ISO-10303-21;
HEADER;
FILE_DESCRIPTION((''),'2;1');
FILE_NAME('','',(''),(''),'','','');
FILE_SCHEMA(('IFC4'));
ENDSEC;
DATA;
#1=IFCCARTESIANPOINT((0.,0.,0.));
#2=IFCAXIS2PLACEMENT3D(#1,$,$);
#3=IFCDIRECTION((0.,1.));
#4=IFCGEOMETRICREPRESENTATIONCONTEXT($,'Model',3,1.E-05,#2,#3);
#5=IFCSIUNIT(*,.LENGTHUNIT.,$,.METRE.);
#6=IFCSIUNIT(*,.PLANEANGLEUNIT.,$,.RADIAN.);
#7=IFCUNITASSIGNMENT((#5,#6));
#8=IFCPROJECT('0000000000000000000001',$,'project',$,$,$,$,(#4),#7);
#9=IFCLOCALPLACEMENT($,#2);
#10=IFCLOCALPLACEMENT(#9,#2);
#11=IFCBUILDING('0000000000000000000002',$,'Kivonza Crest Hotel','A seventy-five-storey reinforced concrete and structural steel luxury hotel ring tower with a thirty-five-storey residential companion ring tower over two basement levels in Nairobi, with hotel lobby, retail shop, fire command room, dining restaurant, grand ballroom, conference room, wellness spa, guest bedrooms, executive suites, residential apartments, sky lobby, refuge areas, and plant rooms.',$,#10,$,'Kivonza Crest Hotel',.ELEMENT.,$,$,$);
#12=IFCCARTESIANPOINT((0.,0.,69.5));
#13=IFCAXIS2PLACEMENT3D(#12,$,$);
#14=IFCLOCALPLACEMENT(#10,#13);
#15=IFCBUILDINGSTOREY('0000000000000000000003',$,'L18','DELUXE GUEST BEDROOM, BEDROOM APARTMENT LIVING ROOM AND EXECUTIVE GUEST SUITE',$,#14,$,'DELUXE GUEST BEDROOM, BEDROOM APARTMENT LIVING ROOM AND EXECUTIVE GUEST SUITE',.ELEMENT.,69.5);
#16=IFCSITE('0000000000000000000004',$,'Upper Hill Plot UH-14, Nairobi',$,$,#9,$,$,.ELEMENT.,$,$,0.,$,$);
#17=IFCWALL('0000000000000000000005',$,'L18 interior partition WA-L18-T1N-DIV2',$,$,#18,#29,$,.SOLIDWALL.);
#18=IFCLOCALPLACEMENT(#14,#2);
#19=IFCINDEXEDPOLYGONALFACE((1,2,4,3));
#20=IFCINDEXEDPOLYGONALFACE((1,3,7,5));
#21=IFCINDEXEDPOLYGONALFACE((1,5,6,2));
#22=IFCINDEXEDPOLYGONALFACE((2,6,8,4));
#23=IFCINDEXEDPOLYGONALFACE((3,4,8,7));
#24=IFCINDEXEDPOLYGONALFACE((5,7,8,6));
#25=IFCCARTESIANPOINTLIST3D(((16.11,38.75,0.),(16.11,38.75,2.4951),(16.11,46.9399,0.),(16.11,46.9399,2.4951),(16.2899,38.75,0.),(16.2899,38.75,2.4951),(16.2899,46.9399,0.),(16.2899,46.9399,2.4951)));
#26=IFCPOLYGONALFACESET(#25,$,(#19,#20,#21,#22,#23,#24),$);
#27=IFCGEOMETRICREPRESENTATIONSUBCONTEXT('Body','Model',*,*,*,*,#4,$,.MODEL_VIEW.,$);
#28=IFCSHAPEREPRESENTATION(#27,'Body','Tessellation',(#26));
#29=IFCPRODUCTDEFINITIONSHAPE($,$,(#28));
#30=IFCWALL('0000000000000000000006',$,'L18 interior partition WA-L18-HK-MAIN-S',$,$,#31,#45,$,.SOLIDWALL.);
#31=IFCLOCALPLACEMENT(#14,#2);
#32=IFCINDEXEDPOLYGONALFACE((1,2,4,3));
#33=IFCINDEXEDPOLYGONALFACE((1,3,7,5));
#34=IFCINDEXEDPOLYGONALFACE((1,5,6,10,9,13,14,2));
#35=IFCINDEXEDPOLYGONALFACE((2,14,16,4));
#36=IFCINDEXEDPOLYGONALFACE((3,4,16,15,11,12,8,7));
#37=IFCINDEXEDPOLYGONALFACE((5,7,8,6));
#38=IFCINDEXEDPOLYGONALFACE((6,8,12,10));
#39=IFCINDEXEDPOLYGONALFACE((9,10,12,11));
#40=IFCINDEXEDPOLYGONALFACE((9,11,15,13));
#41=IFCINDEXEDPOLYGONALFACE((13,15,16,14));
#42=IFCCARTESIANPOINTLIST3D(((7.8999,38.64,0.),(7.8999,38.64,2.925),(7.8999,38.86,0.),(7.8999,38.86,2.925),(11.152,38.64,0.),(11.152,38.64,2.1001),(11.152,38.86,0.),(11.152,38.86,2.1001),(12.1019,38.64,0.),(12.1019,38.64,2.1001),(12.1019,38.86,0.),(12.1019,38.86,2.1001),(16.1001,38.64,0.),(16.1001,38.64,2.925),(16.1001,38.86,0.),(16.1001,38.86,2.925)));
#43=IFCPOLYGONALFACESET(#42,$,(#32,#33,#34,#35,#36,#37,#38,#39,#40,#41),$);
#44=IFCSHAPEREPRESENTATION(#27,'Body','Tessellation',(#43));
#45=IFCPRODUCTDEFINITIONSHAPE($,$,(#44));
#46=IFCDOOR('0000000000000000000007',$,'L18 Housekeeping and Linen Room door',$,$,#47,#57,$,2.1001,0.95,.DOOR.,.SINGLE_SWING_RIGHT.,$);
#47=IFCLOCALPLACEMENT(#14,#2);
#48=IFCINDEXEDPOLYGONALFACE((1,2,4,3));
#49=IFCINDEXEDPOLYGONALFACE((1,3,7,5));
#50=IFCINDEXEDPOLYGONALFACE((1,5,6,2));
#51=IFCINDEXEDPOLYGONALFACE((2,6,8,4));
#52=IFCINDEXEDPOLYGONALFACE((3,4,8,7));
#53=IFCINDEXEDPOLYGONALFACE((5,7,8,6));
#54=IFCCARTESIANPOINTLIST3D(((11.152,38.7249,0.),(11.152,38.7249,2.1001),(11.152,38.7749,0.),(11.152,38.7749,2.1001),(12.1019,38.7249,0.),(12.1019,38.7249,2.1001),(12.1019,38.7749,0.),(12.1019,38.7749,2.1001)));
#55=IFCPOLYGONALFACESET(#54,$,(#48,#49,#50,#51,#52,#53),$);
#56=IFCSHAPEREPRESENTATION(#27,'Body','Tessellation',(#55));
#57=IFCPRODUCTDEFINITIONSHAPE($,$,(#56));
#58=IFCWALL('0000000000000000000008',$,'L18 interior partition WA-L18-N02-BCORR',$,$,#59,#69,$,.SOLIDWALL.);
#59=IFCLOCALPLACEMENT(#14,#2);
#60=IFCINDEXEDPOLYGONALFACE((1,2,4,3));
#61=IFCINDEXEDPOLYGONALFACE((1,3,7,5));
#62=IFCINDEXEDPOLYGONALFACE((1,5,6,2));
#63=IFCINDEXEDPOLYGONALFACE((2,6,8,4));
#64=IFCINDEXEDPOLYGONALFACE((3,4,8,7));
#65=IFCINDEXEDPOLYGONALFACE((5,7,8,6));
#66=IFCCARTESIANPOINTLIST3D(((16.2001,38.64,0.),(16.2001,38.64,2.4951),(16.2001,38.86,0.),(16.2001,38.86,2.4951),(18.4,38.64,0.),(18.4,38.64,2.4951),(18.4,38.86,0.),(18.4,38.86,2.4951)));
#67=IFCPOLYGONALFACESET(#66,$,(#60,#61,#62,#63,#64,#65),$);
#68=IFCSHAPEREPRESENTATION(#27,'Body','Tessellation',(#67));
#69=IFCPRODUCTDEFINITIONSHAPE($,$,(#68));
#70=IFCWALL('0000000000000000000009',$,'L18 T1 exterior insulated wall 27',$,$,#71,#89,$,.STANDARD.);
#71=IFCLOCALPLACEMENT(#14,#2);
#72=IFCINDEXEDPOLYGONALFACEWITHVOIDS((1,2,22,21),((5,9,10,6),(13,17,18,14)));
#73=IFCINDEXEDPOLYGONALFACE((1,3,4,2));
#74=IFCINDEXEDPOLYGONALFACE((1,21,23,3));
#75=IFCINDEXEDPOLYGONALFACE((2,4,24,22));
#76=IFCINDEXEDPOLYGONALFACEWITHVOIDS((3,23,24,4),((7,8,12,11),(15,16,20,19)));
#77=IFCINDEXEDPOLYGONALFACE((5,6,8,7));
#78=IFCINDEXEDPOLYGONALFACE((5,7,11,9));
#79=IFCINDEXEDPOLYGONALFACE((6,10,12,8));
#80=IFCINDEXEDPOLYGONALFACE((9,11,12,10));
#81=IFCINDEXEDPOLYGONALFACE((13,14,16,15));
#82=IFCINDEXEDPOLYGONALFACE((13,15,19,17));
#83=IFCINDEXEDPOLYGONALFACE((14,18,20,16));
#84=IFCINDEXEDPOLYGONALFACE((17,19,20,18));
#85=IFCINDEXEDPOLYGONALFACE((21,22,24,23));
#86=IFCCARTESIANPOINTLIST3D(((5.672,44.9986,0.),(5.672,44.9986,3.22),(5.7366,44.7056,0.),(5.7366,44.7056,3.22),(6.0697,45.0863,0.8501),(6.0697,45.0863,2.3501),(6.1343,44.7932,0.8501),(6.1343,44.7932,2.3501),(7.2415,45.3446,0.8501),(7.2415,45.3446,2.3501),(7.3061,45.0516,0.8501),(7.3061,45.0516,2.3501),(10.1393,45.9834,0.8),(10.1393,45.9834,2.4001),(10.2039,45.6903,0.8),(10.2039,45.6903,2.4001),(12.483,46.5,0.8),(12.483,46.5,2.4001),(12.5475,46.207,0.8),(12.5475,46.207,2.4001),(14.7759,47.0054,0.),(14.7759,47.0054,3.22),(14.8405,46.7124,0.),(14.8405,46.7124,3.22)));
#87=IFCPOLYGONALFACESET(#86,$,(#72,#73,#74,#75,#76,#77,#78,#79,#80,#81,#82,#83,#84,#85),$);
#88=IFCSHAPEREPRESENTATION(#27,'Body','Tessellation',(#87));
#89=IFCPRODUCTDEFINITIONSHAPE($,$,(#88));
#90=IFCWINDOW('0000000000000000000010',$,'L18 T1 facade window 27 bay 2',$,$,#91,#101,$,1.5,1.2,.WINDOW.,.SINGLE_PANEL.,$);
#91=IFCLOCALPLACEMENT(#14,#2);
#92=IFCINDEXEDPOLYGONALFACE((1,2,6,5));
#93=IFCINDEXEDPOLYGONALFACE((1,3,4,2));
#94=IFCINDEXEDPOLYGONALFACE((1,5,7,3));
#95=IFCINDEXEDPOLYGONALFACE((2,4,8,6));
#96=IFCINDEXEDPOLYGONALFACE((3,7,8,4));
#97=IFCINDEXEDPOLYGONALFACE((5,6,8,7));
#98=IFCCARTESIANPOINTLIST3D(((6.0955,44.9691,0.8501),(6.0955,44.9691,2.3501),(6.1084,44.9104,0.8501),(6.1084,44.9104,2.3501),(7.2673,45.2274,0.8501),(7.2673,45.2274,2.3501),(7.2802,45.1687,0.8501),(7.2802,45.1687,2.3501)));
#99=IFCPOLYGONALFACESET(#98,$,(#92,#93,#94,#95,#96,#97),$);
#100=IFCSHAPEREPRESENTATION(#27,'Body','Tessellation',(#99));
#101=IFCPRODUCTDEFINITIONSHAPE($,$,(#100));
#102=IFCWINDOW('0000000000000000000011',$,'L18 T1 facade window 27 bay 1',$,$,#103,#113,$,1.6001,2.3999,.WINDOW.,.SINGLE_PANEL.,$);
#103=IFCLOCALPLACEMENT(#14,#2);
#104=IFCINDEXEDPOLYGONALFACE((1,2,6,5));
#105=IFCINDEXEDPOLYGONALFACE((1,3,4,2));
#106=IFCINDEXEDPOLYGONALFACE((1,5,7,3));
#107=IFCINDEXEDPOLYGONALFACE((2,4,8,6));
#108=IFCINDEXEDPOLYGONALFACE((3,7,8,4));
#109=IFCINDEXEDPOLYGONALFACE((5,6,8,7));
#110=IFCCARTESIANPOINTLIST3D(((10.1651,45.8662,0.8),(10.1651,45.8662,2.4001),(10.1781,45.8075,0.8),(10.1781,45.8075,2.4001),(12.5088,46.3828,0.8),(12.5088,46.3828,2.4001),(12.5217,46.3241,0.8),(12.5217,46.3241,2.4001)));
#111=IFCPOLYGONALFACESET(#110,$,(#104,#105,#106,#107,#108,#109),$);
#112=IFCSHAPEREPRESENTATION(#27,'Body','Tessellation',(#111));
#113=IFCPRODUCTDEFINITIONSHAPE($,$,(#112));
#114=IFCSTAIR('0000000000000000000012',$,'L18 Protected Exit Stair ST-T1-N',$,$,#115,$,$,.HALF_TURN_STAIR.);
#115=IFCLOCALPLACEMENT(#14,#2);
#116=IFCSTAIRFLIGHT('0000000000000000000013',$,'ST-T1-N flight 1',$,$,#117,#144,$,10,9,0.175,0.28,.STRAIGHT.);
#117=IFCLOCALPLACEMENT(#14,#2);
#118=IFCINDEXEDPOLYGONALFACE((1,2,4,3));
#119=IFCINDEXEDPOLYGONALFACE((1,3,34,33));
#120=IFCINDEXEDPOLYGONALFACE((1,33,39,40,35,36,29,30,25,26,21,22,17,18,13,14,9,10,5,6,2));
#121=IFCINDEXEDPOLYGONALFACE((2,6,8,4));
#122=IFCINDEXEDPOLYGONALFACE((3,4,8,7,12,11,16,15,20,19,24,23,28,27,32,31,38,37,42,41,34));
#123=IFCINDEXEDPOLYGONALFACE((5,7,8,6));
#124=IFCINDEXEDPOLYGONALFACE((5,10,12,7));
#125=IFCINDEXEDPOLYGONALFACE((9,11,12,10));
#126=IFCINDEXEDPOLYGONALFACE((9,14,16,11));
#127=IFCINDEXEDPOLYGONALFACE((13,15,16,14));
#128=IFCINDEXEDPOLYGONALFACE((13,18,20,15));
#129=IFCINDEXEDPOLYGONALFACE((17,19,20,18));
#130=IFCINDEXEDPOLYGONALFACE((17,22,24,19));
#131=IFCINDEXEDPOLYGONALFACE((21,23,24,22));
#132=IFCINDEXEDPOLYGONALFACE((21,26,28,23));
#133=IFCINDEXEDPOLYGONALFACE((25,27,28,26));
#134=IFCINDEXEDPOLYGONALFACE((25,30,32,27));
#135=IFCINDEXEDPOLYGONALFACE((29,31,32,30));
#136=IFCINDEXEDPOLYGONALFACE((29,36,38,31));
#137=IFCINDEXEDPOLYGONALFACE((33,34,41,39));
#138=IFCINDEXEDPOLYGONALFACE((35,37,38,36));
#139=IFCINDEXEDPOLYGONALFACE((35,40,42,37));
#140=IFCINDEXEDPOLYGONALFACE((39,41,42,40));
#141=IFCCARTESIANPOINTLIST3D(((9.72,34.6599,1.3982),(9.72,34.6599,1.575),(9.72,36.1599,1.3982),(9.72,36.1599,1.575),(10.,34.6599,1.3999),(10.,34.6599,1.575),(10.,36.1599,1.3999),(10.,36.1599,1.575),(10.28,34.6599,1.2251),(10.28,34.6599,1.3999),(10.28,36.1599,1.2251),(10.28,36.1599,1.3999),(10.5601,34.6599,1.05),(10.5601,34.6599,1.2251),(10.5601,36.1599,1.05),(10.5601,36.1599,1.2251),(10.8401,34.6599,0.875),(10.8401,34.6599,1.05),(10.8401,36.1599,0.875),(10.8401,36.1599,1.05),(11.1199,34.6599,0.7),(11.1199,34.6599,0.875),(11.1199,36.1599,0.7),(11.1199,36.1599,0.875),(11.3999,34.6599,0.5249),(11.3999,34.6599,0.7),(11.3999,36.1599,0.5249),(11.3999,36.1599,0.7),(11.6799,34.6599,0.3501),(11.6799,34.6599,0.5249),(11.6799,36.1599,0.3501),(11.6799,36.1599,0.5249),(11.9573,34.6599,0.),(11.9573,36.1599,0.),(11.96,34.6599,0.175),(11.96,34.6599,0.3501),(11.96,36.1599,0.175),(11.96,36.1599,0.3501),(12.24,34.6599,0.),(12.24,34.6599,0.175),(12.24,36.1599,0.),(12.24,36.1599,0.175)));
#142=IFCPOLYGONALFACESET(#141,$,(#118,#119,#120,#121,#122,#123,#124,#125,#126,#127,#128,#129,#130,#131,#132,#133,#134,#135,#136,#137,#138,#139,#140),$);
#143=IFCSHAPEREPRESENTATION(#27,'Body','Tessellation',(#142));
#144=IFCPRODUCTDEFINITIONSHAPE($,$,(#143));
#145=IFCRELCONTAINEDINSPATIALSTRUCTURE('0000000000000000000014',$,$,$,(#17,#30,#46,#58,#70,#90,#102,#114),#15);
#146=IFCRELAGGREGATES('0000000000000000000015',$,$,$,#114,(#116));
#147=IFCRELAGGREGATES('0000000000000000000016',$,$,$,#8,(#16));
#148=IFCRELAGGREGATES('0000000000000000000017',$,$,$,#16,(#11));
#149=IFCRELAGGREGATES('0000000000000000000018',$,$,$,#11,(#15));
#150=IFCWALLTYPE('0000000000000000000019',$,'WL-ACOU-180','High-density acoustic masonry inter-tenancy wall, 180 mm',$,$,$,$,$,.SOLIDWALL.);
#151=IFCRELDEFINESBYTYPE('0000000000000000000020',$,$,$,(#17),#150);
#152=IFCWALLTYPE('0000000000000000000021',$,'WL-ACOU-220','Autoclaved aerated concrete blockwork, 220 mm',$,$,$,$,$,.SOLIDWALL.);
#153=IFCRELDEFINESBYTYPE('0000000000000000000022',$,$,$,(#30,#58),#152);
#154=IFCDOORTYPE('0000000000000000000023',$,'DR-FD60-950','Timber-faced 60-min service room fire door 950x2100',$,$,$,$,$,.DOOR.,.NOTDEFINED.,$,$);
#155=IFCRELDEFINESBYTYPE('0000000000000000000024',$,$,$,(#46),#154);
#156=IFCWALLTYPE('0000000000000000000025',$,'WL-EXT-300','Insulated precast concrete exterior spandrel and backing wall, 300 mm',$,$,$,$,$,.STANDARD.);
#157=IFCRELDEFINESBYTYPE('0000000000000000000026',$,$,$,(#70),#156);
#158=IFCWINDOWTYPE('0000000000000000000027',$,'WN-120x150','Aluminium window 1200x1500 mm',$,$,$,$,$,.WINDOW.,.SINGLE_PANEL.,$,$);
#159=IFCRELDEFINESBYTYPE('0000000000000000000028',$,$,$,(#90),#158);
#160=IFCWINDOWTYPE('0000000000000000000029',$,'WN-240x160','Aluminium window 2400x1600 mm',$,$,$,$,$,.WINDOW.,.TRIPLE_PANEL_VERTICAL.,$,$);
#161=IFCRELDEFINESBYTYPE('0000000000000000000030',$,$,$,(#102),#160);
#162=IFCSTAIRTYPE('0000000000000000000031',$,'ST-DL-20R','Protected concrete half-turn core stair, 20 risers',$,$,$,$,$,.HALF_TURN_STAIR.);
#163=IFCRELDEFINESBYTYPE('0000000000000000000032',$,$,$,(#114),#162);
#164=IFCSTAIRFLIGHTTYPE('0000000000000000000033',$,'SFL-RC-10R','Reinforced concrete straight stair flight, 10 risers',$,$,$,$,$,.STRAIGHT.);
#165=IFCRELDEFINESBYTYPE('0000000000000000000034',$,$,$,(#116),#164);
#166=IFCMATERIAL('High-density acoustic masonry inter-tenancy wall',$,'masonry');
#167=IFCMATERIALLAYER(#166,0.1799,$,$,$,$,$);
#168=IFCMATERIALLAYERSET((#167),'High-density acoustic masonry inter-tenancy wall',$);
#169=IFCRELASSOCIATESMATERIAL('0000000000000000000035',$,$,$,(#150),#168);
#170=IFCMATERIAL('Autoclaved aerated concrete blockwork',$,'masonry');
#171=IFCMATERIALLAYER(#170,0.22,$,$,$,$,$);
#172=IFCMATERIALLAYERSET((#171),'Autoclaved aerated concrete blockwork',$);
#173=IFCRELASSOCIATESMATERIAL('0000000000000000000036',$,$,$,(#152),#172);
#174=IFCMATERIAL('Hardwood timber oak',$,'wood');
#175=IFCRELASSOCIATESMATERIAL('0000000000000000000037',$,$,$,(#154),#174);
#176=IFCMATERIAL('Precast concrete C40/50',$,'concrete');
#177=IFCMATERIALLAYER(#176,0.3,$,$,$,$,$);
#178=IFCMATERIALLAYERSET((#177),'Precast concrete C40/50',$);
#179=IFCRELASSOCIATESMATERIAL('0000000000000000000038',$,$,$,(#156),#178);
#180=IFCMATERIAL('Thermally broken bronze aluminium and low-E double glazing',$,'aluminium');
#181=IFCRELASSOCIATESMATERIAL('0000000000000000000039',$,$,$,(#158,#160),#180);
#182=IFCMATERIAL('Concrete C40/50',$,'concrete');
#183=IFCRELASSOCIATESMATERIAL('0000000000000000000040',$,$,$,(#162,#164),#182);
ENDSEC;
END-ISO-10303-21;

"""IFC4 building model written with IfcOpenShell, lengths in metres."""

from ifc_helpers import new_model, si_unit, direction, frame, frame_2d, origin, place, context, subcontext, project, spatial, polyline, rectangle, outline, extrude, material, layer, layer_set, type_object, element, fill, aggregate, save


model = new_model("IFC4")

# Units and contexts
model_context = context("Model", 3, precision=1e-05, world=origin(), true_north=direction((0.0, 1.0)))
body_context = subcontext(model_context, "Body", "Model", "MODEL_VIEW")
ifc_project = project(units=[si_unit("LENGTHUNIT", "METRE"), si_unit("PLANEANGLEUNIT", "RADIAN")], contexts=[model_context])

# Site, building, storey
site_placement = place(None, origin())
site = spatial("IfcSite", under=ifc_project, at=site_placement, Name="Upper Hill Plot UH-14, Nairobi", CompositionType="ELEMENT", RefElevation=0.0)
building_placement = place(site_placement, origin())
building = spatial("IfcBuilding", under=site, at=building_placement, Name="Kivonza Crest Hotel", Description="A seventy-five-storey reinforced concrete and structural steel luxury hotel ring tower with a thirty-five-storey residential companion ring tower over two basement levels in Nairobi, with hotel lobby, retail shop, fire command room, dining restaurant, grand ballroom, conference room, wellness spa, guest bedrooms, executive suites, residential apartments, sky lobby, refuge areas, and plant rooms.", LongName="Kivonza Crest Hotel", CompositionType="ELEMENT")
storey_placement = place(building_placement, frame((0.0, 0.0, 69.5)))
storey = spatial("IfcBuildingStorey", under=building, at=storey_placement, Name="L18", Description="DELUXE GUEST BEDROOM, BEDROOM APARTMENT LIVING ROOM AND EXECUTIVE GUEST SUITE", LongName="DELUXE GUEST BEDROOM, BEDROOM APARTMENT LIVING ROOM AND EXECUTIVE GUEST SUITE", CompositionType="ELEMENT", Elevation=69.5)

# Wall
ifc_material_1 = material(Name="High-density acoustic masonry inter-tenancy wall", Category="masonry")
ifc_layer_1 = layer(ifc_material_1, 0.1799)
ifc_layer_set_1 = layer_set([ifc_layer_1], Name="High-density acoustic masonry inter-tenancy wall")
wall_type_1 = type_object("IfcWallType", Name="WL-ACOU-180", Description="High-density acoustic masonry inter-tenancy wall, 180 mm", PredefinedType="SOLIDWALL", material=ifc_layer_set_1)
wall_1_placement = place(storey_placement, frame((16.2, 38.75, 0.0), z_axis=(0.0, 0.0, 1.0), x_axis=(0.0, 1.0, 0.0)))
element("IfcWall", 1, at=wall_1_placement, inside=storey, type_object=wall_type_1, Name="L18 interior partition WA-L18-T1N-DIV2", PredefinedType="SOLIDWALL", context=body_context, shape_type="SweptSolid", body=[
    extrude(rectangle(XDim=8.1899, YDim=0.1799, at=frame_2d((4.095, 0.0))), origin(), (0.0, 0.0, 1.0), 2.4951),
])

# Wall, opening, door
ifc_material_2 = material(Name="Autoclaved aerated concrete blockwork", Category="masonry")
ifc_layer_2 = layer(ifc_material_2, 0.22)
ifc_layer_set_2 = layer_set([ifc_layer_2], Name="Autoclaved aerated concrete blockwork")
wall_type_2 = type_object("IfcWallType", Name="WL-ACOU-220", Description="Autoclaved aerated concrete blockwork, 220 mm", PredefinedType="SOLIDWALL", material=ifc_layer_set_2)
wall_2_placement = place(storey_placement, frame((7.8999, 38.75, 0.0), z_axis=(0.0, 0.0, 1.0), x_axis=(1.0, 0.0, 0.0)))
wall_2 = element("IfcWall", 2, at=wall_2_placement, inside=storey, type_object=wall_type_2, Name="L18 interior partition WA-L18-HK-MAIN-S", PredefinedType="SOLIDWALL", context=body_context, shape_type="SweptSolid", body=[
    extrude(rectangle(XDim=8.2002, YDim=0.22, at=frame_2d((4.1001, 0.0))), origin(), (0.0, 0.0, 1.0), 2.925),
])
opening_1_placement = place(wall_2_placement, frame((3.252, 0.0, 0.0)))
opening_1 = element("IfcOpeningElement", 3, at=opening_1_placement, cuts=wall_2, PredefinedType="OPENING", context=body_context, shape_type="SweptSolid", body=[
    extrude(rectangle(XDim=0.95, YDim=2.1001, at=frame_2d((0.4751, 1.05))), frame((0.0, 0.1201, 0.0), z_axis=(0.0, -1.0, 0.0), x_axis=(1.0, 0.0, 0.0)), (0.0, 0.0, 1.0), 0.24),
])
ifc_material_3 = material(Name="Hardwood timber oak", Category="wood")
door_type = type_object("IfcDoorType", Name="DR-FD60-950", Description="Timber-faced 60-min service room fire door 950x2100", OperationType="NOTDEFINED", PredefinedType="DOOR", material=ifc_material_3)
door_placement = place(opening_1_placement, origin())
door = element("IfcDoor", 4, at=door_placement, inside=storey, type_object=door_type, Name="L18 Housekeeping and Linen Room door", OperationType="SINGLE_SWING_RIGHT", OverallHeight=2.1001, OverallWidth=0.95, PredefinedType="DOOR", context=body_context, shape_type="SweptSolid", body=[
    extrude(rectangle(XDim=0.95, YDim=2.1001, at=frame_2d((0.4751, 1.05))), frame((0.0, 0.0249, 0.0), z_axis=(0.0, -1.0, 0.0), x_axis=(1.0, 0.0, 0.0)), (0.0, 0.0, 1.0), 0.05),
])
fill(opening_1, door)

# Wall
wall_3_placement = place(storey_placement, frame((16.2, 38.75, 0.0), z_axis=(0.0, 0.0, 1.0), x_axis=(1.0, 0.0, 0.0)))
element("IfcWall", 5, at=wall_3_placement, inside=storey, type_object=wall_type_2, Name="L18 interior partition WA-L18-N02-BCORR", PredefinedType="SOLIDWALL", context=body_context, shape_type="SweptSolid", body=[
    extrude(rectangle(XDim=2.2, YDim=0.22, at=frame_2d((1.1001, 0.0))), origin(), (0.0, 0.0, 1.0), 2.4951),
])

# Wall, openings, windows
ifc_material_4 = material(Name="Precast concrete C40/50", Category="concrete")
ifc_layer_3 = layer(ifc_material_4, 0.3)
ifc_layer_set_3 = layer_set([ifc_layer_3], Name="Precast concrete C40/50")
wall_type_3 = type_object("IfcWallType", Name="WL-EXT-300", Description="Insulated precast concrete exterior spandrel and backing wall, 300 mm", PredefinedType="STANDARD", material=ifc_layer_set_3)
wall_4_placement = place(storey_placement, frame((14.8081, 46.8589, 0.0), z_axis=(0.0, 0.0, 1.0), x_axis=(-0.976555, -0.215266, 0.0)))
wall_4 = element("IfcWall", 6, at=wall_4_placement, inside=storey, type_object=wall_type_3, Name="L18 T1 exterior insulated wall 27", PredefinedType="STANDARD", context=body_context, shape_type="SweptSolid", body=[
    extrude(rectangle(XDim=9.3225, YDim=0.3, at=frame_2d((4.6611, 0.0))), origin(), (0.0, 0.0, 1.0), 3.22),
])
opening_2_placement = place(wall_4_placement, frame((2.3479, 0.0, 0.8)))
opening_2 = element("IfcOpeningElement", 7, at=opening_2_placement, cuts=wall_4, PredefinedType="OPENING", context=body_context, shape_type="SweptSolid", body=[
    extrude(rectangle(XDim=2.3999, YDim=1.6001, at=frame_2d((1.2, 0.8))), frame((0.0, 0.1602, 0.0), z_axis=(0.0, -1.0, 0.0), x_axis=(1.0, 0.0, 0.0)), (0.0, 0.0, 1.0), 0.3201),
])
opening_3_placement = place(wall_4_placement, frame((7.7151, 0.0, 0.8501)))
opening_3 = element("IfcOpeningElement", 8, at=opening_3_placement, cuts=wall_4, PredefinedType="OPENING", context=body_context, shape_type="SweptSolid", body=[
    extrude(rectangle(XDim=1.2, YDim=1.5, at=frame_2d((0.6001, 0.75))), frame((0.0, 0.1602, 0.0), z_axis=(0.0, -1.0, 0.0), x_axis=(1.0, 0.0, 0.0)), (0.0, 0.0, 1.0), 0.3201),
])
ifc_material_5 = material(Name="Thermally broken bronze aluminium and low-E double glazing", Category="aluminium")
window_type_1 = type_object("IfcWindowType", Name="WN-120x150", Description="Aluminium window 1200x1500 mm", PartitioningType="SINGLE_PANEL", PredefinedType="WINDOW", material=ifc_material_5)
window_1_placement = place(opening_3_placement, origin())
window_1 = element("IfcWindow", 9, at=window_1_placement, inside=storey, type_object=window_type_1, Name="L18 T1 facade window 27 bay 2", OverallHeight=1.5, OverallWidth=1.2, PartitioningType="SINGLE_PANEL", PredefinedType="WINDOW", context=body_context, shape_type="SweptSolid", body=[
    extrude(rectangle(XDim=1.2, YDim=1.5, at=frame_2d((0.6001, 0.75))), frame((0.0, 0.03, 0.0), z_axis=(0.0, -1.0, 0.0), x_axis=(1.0, 0.0, 0.0)), (0.0, 0.0, 1.0), 0.0601),
])
fill(opening_3, window_1)
window_type_2 = type_object("IfcWindowType", Name="WN-240x160", Description="Aluminium window 2400x1600 mm", PartitioningType="TRIPLE_PANEL_VERTICAL", PredefinedType="WINDOW", material=ifc_material_5)
window_2_placement = place(opening_2_placement, origin())
window_2 = element("IfcWindow", 10, at=window_2_placement, inside=storey, type_object=window_type_2, Name="L18 T1 facade window 27 bay 1", OverallHeight=1.6001, OverallWidth=2.3999, PartitioningType="SINGLE_PANEL", PredefinedType="WINDOW", context=body_context, shape_type="SweptSolid", body=[
    extrude(rectangle(XDim=2.3999, YDim=1.6001, at=frame_2d((1.2, 0.8))), frame((0.0, 0.03, 0.0), z_axis=(0.0, -1.0, 0.0), x_axis=(1.0, 0.0, 0.0)), (0.0, 0.0, 1.0), 0.0601),
])
fill(opening_2, window_2)

# Stair, stair flight
ifc_material_6 = material(Name="Concrete C40/50", Category="concrete")
stair_type = type_object("IfcStairType", Name="ST-DL-20R", Description="Protected concrete half-turn core stair, 20 risers", PredefinedType="HALF_TURN_STAIR", material=ifc_material_6)
stair_placement = place(storey_placement, origin())
stair = element("IfcStair", 11, at=stair_placement, inside=storey, type_object=stair_type, Name="L18 Protected Exit Stair ST-T1-N", PredefinedType="HALF_TURN_STAIR")
stair_flight_type = type_object("IfcStairFlightType", Name="SFL-RC-10R", Description="Reinforced concrete straight stair flight, 10 risers", PredefinedType="STRAIGHT", material=ifc_material_6)
stair_flight_placement = place(storey_placement, frame((12.24, 35.4099, 0.0), z_axis=(0.0, 0.0, 1.0), x_axis=(-1.0, 0.0, 0.0)))
stair_flight = element("IfcStairFlight", 12, at=stair_flight_placement, type_object=stair_flight_type, Name="ST-T1-N flight 1", NumberOfRisers=10, NumberOfTreads=9, PredefinedType="STRAIGHT", RiserHeight=0.175, TreadLength=0.28, context=body_context, shape_type="SweptSolid", body=[
    extrude(outline(polyline([(0.0, 0.0), (0.0, 0.175), (0.28, 0.175), (0.28, 0.3501), (0.5601, 0.3501), (0.5601, 0.5249), (0.8401, 0.5249), (0.8401, 0.7), (1.1201, 0.7), (1.1201, 0.875), (1.3999, 0.875), (1.3999, 1.05), (1.6799, 1.05), (1.6799, 1.2251), (1.96, 1.2251), (1.96, 1.3999), (2.24, 1.3999), (2.24, 1.575), (2.52, 1.575), (2.52, 1.75), (2.52, 1.3982), (0.2827, 0.0), (0.0, 0.0)])), frame((0.0, 0.75, 0.0), z_axis=(0.0, -1.0, 0.0), x_axis=(1.0, 0.0, 0.0)), (0.0, 0.0, 1.0), 1.5),
])
aggregate(stair, [stair_flight])

save(model, "model.ifc")
